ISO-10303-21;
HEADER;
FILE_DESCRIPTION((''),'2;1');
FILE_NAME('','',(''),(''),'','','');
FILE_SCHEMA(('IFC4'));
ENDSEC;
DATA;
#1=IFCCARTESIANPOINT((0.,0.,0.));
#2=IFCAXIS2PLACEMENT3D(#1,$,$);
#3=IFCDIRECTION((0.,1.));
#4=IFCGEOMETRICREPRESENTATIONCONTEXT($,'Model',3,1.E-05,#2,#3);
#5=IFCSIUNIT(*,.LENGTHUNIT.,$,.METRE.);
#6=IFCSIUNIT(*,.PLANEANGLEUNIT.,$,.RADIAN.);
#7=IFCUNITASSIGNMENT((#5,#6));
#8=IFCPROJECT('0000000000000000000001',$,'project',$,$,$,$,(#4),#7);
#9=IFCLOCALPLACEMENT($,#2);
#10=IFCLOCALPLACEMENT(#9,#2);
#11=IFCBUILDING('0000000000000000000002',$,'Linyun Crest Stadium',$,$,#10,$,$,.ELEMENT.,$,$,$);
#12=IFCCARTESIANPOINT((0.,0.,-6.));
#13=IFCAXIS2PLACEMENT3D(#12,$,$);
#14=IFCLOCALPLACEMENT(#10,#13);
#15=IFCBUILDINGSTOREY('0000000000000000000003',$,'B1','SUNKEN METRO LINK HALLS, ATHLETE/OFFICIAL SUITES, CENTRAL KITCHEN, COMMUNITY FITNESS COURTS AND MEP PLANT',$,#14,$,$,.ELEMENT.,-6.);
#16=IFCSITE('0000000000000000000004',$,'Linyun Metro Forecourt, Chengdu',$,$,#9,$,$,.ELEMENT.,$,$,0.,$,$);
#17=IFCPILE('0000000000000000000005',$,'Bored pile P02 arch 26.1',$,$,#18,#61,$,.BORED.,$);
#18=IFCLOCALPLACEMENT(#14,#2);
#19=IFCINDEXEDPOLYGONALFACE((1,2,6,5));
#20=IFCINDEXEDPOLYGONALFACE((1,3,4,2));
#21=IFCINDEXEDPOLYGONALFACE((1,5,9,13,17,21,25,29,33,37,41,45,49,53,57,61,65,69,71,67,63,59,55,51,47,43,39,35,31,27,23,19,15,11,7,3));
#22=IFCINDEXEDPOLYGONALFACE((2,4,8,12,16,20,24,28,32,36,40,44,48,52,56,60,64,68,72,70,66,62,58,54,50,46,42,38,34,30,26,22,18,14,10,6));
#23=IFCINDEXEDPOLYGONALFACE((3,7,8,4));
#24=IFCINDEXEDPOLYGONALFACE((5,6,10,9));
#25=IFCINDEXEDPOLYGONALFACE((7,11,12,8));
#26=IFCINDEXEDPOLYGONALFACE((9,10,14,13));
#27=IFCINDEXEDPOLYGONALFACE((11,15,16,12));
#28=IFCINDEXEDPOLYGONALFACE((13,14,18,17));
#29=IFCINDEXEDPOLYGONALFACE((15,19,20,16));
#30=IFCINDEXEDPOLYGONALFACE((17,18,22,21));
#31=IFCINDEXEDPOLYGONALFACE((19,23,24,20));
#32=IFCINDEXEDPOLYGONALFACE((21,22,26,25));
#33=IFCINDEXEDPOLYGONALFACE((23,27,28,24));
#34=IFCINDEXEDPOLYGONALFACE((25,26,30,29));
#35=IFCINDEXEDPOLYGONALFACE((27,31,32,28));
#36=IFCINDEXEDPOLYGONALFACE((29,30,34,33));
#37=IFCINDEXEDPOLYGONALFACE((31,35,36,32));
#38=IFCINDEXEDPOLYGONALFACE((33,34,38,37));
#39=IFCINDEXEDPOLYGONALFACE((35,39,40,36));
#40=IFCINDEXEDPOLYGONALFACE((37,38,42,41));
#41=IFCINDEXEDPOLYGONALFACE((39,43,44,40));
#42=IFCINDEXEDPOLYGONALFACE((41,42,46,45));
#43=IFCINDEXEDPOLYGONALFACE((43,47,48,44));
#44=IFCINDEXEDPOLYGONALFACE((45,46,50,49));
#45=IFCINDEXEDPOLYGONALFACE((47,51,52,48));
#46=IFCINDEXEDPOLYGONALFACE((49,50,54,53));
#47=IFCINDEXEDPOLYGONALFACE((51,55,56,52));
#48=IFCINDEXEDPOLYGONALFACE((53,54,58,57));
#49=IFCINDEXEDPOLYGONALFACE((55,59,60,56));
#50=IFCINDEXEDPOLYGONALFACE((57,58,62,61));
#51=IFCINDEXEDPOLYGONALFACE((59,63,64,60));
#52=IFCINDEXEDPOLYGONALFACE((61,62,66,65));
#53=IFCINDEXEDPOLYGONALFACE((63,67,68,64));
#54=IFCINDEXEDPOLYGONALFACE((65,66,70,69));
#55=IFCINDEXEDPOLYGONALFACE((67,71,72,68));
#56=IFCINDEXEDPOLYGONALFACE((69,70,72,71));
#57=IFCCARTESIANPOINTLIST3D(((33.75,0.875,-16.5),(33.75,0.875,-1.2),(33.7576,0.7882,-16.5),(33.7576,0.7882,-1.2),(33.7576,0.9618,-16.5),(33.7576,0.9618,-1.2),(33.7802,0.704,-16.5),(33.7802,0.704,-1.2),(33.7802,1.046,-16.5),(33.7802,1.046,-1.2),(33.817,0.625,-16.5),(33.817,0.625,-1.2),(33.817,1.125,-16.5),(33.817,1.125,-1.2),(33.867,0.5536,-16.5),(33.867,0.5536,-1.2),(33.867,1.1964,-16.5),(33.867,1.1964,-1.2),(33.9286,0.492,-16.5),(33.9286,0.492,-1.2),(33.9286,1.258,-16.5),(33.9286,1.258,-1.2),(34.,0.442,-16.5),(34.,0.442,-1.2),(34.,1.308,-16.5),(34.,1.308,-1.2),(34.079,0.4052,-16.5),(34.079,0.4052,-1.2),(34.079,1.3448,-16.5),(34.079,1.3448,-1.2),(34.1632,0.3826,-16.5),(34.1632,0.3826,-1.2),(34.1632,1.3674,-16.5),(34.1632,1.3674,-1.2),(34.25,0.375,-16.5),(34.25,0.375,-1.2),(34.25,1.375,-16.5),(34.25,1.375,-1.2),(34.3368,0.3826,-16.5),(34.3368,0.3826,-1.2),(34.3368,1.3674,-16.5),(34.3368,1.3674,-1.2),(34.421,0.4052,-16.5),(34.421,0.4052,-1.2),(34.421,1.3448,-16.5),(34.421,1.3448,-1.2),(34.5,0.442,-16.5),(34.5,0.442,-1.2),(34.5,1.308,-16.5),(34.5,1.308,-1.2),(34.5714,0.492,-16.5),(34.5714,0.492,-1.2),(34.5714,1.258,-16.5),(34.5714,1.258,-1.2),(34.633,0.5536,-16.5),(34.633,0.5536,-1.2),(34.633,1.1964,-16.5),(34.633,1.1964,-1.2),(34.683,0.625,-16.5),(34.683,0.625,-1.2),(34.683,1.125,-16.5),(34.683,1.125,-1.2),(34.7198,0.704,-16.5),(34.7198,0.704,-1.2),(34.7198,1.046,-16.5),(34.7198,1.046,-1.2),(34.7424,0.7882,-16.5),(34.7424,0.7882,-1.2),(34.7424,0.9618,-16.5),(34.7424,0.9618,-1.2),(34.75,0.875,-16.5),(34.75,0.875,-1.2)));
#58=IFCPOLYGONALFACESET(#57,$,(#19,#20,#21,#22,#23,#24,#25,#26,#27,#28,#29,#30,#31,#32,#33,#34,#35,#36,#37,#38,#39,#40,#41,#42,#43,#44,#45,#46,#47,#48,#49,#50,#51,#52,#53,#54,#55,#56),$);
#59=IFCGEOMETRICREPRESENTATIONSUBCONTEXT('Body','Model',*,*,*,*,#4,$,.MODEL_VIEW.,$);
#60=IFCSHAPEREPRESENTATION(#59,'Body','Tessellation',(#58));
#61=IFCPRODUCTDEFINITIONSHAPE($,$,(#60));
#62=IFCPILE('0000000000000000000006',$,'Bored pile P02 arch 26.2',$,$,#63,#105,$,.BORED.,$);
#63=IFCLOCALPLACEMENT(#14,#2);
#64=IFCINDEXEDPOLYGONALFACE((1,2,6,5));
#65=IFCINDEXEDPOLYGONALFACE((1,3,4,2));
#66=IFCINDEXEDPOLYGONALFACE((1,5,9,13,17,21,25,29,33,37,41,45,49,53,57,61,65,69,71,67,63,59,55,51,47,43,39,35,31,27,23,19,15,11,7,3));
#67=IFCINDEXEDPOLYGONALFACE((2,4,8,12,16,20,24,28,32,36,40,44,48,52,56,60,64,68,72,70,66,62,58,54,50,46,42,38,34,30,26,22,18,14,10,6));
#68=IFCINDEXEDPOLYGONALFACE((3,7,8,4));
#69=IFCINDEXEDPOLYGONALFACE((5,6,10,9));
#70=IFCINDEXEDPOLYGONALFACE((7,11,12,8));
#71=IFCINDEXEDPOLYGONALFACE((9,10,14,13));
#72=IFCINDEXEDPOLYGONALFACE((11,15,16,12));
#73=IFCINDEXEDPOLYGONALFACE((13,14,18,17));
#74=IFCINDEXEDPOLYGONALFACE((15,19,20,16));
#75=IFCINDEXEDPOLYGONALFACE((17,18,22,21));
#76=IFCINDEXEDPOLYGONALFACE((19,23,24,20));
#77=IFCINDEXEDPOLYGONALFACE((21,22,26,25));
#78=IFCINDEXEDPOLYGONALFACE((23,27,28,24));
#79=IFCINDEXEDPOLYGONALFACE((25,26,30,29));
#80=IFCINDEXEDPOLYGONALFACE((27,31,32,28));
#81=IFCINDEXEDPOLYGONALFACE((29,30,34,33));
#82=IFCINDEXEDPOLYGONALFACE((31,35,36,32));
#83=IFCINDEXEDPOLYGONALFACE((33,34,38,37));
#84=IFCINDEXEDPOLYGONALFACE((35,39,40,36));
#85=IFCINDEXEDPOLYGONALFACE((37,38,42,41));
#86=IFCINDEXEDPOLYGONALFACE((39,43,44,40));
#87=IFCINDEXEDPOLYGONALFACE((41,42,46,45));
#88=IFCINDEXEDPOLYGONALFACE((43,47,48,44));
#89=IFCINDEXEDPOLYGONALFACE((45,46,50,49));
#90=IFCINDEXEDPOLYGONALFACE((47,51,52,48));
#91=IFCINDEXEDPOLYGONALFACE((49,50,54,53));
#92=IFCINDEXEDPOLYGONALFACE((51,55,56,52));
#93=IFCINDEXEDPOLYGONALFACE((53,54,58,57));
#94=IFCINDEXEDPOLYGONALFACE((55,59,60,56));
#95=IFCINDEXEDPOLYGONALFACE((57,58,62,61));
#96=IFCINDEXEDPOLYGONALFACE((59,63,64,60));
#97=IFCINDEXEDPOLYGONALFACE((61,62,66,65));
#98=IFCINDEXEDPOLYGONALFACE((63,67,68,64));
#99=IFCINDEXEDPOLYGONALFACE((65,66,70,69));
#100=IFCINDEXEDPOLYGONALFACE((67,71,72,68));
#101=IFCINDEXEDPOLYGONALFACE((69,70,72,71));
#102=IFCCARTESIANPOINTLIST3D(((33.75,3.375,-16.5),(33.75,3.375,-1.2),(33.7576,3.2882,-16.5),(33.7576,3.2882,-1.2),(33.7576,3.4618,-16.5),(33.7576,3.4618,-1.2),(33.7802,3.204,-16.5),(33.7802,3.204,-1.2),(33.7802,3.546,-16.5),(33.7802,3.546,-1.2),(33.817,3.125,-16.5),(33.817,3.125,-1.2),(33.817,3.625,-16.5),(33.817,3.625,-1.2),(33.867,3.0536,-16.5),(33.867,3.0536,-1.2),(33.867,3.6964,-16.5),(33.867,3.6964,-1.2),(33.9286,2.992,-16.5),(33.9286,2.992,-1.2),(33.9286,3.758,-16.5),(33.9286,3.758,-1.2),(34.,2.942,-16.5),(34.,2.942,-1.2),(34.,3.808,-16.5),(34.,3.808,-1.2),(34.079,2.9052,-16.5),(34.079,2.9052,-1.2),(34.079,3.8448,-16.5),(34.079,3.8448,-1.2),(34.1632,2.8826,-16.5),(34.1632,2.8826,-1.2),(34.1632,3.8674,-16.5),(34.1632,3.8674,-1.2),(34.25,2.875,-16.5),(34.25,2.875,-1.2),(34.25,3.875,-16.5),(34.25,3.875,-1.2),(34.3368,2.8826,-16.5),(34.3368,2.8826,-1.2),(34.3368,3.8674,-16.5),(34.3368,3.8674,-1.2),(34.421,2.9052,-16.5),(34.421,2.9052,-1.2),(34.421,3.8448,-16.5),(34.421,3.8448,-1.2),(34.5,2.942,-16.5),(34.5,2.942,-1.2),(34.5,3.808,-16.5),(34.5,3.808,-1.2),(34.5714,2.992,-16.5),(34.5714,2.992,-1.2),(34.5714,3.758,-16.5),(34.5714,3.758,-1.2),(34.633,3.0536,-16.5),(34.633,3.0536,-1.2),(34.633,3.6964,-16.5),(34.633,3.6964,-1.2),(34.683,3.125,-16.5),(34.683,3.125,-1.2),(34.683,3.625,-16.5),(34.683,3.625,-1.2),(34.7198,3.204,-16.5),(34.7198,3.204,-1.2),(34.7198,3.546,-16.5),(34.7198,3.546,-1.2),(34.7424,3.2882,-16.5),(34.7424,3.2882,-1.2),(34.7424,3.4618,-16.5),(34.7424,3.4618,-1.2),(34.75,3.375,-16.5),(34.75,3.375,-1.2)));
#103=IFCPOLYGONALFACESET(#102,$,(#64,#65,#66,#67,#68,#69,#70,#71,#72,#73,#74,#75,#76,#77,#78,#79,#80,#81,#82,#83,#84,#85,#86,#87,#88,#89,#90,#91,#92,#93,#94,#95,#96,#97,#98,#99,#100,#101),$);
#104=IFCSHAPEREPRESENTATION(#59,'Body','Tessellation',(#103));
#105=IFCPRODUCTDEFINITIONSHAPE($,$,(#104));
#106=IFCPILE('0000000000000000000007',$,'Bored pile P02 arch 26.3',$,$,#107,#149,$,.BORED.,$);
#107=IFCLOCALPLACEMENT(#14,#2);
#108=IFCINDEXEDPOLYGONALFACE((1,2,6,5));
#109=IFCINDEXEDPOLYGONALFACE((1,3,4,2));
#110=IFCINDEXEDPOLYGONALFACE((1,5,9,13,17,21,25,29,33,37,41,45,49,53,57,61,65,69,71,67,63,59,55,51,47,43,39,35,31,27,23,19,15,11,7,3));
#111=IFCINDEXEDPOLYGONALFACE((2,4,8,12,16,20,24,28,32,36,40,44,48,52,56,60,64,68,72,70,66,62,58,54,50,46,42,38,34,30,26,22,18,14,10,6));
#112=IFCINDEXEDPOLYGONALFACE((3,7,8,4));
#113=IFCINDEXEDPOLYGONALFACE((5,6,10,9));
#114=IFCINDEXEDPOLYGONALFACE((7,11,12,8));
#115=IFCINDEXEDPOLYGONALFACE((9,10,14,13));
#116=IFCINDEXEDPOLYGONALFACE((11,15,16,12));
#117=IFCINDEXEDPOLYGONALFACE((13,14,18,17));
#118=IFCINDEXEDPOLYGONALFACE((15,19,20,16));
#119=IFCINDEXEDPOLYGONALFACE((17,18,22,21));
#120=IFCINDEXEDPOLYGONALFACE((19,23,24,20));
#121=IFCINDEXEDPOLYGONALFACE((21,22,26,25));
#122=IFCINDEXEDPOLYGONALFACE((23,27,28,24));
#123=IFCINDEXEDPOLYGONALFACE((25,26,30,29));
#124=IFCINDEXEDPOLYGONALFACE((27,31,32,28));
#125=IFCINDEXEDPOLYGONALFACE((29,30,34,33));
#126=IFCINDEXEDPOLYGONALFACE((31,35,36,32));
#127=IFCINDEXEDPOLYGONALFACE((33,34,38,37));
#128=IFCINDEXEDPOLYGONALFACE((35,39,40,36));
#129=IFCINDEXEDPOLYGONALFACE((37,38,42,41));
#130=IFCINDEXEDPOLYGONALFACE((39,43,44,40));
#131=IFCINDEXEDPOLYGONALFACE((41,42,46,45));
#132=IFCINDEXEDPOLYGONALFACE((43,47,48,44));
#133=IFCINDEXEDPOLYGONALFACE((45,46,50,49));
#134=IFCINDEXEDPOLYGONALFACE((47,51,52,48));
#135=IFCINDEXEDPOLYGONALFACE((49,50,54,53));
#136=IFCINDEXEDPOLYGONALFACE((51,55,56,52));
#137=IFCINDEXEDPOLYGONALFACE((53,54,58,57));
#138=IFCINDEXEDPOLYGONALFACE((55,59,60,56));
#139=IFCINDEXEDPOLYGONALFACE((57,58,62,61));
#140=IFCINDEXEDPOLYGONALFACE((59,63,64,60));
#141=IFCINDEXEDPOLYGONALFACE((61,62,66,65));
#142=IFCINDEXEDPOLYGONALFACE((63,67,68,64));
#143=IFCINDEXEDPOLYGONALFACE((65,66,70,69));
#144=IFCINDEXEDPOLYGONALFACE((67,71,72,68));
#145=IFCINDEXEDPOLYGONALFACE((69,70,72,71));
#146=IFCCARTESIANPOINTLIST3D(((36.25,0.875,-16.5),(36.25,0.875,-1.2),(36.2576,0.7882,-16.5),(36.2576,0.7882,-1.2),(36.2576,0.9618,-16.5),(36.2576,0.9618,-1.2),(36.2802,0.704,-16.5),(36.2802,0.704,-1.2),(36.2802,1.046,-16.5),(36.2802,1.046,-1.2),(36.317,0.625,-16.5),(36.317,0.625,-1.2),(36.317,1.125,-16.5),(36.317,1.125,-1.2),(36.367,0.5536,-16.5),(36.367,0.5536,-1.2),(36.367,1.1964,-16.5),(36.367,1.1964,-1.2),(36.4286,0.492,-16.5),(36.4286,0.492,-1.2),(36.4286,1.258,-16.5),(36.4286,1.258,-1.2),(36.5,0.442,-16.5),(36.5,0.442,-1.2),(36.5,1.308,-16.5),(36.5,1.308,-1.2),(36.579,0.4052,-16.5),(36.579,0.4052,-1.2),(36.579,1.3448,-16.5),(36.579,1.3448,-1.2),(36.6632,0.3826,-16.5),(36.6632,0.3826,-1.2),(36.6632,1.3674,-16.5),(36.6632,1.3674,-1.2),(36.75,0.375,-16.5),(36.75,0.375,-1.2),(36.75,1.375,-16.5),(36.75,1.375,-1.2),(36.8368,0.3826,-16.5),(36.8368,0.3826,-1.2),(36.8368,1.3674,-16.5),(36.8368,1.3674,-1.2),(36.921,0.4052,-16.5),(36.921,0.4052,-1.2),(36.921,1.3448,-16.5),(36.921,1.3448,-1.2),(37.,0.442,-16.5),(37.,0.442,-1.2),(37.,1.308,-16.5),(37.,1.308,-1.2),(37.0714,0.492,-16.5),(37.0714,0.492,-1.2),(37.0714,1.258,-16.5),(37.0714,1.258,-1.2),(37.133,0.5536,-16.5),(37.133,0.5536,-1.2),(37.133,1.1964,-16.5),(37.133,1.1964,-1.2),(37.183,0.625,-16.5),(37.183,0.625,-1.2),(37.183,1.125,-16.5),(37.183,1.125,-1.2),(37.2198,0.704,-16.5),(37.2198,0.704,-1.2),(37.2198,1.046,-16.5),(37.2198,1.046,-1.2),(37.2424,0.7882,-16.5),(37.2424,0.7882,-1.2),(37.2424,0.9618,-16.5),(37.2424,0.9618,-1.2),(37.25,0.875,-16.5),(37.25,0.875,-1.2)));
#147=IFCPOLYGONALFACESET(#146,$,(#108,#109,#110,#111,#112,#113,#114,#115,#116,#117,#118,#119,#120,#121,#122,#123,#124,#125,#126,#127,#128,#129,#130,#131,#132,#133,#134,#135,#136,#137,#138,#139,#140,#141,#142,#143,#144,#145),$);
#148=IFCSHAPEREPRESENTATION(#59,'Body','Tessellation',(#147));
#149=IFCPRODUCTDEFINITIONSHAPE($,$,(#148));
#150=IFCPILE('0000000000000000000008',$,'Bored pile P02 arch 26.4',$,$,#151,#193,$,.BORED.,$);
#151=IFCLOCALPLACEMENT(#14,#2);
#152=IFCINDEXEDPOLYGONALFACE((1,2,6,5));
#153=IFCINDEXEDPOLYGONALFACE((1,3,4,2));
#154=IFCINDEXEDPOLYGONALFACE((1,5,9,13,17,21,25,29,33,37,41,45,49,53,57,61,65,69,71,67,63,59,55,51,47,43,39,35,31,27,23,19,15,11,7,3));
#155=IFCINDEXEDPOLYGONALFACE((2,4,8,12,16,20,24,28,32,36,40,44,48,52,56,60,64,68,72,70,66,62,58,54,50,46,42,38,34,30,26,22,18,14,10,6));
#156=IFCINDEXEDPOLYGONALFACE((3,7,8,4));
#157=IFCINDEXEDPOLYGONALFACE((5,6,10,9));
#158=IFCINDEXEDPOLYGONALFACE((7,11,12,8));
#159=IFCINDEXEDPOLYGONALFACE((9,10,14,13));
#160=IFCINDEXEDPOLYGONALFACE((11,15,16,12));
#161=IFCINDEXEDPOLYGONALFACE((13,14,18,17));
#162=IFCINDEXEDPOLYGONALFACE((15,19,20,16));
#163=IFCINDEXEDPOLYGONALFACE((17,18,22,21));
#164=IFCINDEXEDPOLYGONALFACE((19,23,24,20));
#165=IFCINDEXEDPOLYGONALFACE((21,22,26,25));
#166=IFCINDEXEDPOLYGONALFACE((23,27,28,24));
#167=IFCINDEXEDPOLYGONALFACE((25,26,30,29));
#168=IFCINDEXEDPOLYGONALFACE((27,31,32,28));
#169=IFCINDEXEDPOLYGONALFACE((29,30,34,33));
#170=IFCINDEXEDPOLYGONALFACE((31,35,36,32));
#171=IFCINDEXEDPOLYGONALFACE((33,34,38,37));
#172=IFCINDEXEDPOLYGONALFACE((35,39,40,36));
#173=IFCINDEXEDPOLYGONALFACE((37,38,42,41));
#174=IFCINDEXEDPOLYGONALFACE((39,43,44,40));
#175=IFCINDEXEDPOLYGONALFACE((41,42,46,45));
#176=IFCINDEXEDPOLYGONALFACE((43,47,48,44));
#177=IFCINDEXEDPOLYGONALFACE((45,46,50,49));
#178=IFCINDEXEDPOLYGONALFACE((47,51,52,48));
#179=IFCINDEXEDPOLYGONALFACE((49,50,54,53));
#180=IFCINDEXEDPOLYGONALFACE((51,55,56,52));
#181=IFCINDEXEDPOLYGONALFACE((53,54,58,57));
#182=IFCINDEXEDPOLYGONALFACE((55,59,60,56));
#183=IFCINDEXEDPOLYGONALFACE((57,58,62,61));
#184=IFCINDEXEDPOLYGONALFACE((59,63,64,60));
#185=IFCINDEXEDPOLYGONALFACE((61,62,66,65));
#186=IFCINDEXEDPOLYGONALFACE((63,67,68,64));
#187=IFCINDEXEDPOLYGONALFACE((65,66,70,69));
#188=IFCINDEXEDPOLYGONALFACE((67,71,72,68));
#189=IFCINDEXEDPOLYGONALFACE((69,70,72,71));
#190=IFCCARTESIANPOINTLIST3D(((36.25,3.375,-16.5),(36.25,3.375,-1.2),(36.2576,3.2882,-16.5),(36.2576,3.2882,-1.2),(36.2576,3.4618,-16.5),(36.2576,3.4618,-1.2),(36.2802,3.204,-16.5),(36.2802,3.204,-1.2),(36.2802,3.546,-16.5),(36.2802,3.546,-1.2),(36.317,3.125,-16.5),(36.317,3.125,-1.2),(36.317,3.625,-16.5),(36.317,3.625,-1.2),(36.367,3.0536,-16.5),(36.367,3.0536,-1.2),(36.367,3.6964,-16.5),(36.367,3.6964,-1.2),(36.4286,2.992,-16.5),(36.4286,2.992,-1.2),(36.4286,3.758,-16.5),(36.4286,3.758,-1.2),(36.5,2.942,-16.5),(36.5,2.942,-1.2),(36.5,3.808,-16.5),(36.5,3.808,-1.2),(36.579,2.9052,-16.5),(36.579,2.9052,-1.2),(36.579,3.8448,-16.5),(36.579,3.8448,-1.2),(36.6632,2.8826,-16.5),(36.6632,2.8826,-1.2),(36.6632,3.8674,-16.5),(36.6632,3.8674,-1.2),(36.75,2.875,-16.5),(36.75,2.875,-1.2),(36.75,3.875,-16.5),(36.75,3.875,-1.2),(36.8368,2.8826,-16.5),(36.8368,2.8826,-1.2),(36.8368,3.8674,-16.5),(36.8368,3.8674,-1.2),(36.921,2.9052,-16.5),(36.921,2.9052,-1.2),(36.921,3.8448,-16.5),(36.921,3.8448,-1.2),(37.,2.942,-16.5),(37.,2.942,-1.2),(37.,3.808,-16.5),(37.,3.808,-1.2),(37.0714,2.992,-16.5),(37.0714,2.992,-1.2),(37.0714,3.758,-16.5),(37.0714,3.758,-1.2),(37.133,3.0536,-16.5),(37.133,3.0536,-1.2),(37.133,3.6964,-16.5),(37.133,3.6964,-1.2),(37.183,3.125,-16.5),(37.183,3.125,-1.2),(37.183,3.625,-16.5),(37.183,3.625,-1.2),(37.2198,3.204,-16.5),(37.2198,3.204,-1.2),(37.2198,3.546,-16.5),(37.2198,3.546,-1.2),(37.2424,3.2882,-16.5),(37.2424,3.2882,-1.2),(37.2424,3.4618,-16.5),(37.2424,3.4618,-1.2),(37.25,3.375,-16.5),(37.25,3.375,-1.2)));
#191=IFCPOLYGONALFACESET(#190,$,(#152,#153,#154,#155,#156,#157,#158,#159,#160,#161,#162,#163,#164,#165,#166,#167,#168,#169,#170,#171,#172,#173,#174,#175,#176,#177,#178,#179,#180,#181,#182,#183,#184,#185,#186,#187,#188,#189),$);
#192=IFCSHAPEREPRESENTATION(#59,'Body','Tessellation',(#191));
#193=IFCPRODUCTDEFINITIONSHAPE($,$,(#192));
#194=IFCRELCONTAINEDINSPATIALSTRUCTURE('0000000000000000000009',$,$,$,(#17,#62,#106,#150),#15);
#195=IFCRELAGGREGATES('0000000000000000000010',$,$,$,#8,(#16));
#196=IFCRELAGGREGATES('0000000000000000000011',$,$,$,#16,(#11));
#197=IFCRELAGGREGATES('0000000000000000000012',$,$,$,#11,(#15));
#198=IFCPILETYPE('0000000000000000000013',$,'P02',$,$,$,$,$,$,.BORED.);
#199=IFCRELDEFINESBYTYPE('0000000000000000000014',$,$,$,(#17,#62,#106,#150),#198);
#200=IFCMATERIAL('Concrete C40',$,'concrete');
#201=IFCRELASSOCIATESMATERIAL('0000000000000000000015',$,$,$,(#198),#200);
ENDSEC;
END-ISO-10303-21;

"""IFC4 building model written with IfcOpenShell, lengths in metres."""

from ifc_helpers import new_model, si_unit, direction, frame, origin, origin_2d, place, context, subcontext, project, spatial, circle, extrude, material, material_profile, profile_set, type_object, element, save


model = new_model("IFC4")

# Units and contexts
model_context = context("Model", 3, precision=1e-05, world=origin(), true_north=direction((0.0, 1.0)))
body_context = subcontext(model_context, "Body", "Model", "MODEL_VIEW")
ifc_project = project(units=[si_unit("LENGTHUNIT", "METRE"), si_unit("PLANEANGLEUNIT", "RADIAN")], contexts=[model_context])

# Site, building, storey
site_placement = place(None, origin())
site = spatial("IfcSite", under=ifc_project, at=site_placement, Name="Linyun Metro Forecourt, Chengdu", CompositionType="ELEMENT", RefElevation=0.0)
building_placement = place(site_placement, origin())
building = spatial("IfcBuilding", under=site, at=building_placement, Name="Linyun Crest Stadium", CompositionType="ELEMENT")
storey_placement = place(building_placement, frame((0.0, 0.0, -6.0)))
storey = spatial("IfcBuildingStorey", under=building, at=storey_placement, Name="B1", Description="SUNKEN METRO LINK HALLS, ATHLETE/OFFICIAL SUITES, CENTRAL KITCHEN, COMMUNITY FITNESS COURTS AND MEP PLANT", CompositionType="ELEMENT", Elevation=-6.0)

# Piles
ifc_material_1 = material(Name="Concrete C40", Category="concrete")
ifc_material_profile_1 = material_profile(ifc_material_1, circle(Radius=0.5, at=origin_2d()), Name="BORED PILE 1000")
ifc_profile_set_1 = profile_set([ifc_material_profile_1], Name="Concrete C40")
pile_type = type_object("IfcPileType", Name="P02", PredefinedType="BORED", material=ifc_profile_set_1)
for number, where, z_axis, x_axis, name in (
    (1, (34.25, 0.875, -1.2), (0.0, 0.0, -1.0), (1.0, 0.0, 0.0), "Bored pile P02 arch 26.1"),
    (2, (34.25, 3.375, -1.2), (0.0, 0.0, -1.0), (1.0, 0.0, 0.0), "Bored pile P02 arch 26.2"),
    (3, (36.75, 0.875, -1.2), (0.0, 0.0, -1.0), (1.0, 0.0, 0.0), "Bored pile P02 arch 26.3"),
    (4, (36.75, 3.375, -1.2), (0.0, 0.0, -1.0), (1.0, 0.0, 0.0), "Bored pile P02 arch 26.4"),
):
    element("IfcPile", number, at=place(storey_placement, frame(where, z_axis=z_axis, x_axis=x_axis)), inside=storey, type_object=pile_type, Name=name, PredefinedType="BORED", context=body_context, shape_type="SweptSolid", body=[
        extrude(circle(Radius=0.5, at=origin_2d()), origin(), (0.0, 0.0, 1.0), 15.3),
    ])

save(model, "model.ifc")
